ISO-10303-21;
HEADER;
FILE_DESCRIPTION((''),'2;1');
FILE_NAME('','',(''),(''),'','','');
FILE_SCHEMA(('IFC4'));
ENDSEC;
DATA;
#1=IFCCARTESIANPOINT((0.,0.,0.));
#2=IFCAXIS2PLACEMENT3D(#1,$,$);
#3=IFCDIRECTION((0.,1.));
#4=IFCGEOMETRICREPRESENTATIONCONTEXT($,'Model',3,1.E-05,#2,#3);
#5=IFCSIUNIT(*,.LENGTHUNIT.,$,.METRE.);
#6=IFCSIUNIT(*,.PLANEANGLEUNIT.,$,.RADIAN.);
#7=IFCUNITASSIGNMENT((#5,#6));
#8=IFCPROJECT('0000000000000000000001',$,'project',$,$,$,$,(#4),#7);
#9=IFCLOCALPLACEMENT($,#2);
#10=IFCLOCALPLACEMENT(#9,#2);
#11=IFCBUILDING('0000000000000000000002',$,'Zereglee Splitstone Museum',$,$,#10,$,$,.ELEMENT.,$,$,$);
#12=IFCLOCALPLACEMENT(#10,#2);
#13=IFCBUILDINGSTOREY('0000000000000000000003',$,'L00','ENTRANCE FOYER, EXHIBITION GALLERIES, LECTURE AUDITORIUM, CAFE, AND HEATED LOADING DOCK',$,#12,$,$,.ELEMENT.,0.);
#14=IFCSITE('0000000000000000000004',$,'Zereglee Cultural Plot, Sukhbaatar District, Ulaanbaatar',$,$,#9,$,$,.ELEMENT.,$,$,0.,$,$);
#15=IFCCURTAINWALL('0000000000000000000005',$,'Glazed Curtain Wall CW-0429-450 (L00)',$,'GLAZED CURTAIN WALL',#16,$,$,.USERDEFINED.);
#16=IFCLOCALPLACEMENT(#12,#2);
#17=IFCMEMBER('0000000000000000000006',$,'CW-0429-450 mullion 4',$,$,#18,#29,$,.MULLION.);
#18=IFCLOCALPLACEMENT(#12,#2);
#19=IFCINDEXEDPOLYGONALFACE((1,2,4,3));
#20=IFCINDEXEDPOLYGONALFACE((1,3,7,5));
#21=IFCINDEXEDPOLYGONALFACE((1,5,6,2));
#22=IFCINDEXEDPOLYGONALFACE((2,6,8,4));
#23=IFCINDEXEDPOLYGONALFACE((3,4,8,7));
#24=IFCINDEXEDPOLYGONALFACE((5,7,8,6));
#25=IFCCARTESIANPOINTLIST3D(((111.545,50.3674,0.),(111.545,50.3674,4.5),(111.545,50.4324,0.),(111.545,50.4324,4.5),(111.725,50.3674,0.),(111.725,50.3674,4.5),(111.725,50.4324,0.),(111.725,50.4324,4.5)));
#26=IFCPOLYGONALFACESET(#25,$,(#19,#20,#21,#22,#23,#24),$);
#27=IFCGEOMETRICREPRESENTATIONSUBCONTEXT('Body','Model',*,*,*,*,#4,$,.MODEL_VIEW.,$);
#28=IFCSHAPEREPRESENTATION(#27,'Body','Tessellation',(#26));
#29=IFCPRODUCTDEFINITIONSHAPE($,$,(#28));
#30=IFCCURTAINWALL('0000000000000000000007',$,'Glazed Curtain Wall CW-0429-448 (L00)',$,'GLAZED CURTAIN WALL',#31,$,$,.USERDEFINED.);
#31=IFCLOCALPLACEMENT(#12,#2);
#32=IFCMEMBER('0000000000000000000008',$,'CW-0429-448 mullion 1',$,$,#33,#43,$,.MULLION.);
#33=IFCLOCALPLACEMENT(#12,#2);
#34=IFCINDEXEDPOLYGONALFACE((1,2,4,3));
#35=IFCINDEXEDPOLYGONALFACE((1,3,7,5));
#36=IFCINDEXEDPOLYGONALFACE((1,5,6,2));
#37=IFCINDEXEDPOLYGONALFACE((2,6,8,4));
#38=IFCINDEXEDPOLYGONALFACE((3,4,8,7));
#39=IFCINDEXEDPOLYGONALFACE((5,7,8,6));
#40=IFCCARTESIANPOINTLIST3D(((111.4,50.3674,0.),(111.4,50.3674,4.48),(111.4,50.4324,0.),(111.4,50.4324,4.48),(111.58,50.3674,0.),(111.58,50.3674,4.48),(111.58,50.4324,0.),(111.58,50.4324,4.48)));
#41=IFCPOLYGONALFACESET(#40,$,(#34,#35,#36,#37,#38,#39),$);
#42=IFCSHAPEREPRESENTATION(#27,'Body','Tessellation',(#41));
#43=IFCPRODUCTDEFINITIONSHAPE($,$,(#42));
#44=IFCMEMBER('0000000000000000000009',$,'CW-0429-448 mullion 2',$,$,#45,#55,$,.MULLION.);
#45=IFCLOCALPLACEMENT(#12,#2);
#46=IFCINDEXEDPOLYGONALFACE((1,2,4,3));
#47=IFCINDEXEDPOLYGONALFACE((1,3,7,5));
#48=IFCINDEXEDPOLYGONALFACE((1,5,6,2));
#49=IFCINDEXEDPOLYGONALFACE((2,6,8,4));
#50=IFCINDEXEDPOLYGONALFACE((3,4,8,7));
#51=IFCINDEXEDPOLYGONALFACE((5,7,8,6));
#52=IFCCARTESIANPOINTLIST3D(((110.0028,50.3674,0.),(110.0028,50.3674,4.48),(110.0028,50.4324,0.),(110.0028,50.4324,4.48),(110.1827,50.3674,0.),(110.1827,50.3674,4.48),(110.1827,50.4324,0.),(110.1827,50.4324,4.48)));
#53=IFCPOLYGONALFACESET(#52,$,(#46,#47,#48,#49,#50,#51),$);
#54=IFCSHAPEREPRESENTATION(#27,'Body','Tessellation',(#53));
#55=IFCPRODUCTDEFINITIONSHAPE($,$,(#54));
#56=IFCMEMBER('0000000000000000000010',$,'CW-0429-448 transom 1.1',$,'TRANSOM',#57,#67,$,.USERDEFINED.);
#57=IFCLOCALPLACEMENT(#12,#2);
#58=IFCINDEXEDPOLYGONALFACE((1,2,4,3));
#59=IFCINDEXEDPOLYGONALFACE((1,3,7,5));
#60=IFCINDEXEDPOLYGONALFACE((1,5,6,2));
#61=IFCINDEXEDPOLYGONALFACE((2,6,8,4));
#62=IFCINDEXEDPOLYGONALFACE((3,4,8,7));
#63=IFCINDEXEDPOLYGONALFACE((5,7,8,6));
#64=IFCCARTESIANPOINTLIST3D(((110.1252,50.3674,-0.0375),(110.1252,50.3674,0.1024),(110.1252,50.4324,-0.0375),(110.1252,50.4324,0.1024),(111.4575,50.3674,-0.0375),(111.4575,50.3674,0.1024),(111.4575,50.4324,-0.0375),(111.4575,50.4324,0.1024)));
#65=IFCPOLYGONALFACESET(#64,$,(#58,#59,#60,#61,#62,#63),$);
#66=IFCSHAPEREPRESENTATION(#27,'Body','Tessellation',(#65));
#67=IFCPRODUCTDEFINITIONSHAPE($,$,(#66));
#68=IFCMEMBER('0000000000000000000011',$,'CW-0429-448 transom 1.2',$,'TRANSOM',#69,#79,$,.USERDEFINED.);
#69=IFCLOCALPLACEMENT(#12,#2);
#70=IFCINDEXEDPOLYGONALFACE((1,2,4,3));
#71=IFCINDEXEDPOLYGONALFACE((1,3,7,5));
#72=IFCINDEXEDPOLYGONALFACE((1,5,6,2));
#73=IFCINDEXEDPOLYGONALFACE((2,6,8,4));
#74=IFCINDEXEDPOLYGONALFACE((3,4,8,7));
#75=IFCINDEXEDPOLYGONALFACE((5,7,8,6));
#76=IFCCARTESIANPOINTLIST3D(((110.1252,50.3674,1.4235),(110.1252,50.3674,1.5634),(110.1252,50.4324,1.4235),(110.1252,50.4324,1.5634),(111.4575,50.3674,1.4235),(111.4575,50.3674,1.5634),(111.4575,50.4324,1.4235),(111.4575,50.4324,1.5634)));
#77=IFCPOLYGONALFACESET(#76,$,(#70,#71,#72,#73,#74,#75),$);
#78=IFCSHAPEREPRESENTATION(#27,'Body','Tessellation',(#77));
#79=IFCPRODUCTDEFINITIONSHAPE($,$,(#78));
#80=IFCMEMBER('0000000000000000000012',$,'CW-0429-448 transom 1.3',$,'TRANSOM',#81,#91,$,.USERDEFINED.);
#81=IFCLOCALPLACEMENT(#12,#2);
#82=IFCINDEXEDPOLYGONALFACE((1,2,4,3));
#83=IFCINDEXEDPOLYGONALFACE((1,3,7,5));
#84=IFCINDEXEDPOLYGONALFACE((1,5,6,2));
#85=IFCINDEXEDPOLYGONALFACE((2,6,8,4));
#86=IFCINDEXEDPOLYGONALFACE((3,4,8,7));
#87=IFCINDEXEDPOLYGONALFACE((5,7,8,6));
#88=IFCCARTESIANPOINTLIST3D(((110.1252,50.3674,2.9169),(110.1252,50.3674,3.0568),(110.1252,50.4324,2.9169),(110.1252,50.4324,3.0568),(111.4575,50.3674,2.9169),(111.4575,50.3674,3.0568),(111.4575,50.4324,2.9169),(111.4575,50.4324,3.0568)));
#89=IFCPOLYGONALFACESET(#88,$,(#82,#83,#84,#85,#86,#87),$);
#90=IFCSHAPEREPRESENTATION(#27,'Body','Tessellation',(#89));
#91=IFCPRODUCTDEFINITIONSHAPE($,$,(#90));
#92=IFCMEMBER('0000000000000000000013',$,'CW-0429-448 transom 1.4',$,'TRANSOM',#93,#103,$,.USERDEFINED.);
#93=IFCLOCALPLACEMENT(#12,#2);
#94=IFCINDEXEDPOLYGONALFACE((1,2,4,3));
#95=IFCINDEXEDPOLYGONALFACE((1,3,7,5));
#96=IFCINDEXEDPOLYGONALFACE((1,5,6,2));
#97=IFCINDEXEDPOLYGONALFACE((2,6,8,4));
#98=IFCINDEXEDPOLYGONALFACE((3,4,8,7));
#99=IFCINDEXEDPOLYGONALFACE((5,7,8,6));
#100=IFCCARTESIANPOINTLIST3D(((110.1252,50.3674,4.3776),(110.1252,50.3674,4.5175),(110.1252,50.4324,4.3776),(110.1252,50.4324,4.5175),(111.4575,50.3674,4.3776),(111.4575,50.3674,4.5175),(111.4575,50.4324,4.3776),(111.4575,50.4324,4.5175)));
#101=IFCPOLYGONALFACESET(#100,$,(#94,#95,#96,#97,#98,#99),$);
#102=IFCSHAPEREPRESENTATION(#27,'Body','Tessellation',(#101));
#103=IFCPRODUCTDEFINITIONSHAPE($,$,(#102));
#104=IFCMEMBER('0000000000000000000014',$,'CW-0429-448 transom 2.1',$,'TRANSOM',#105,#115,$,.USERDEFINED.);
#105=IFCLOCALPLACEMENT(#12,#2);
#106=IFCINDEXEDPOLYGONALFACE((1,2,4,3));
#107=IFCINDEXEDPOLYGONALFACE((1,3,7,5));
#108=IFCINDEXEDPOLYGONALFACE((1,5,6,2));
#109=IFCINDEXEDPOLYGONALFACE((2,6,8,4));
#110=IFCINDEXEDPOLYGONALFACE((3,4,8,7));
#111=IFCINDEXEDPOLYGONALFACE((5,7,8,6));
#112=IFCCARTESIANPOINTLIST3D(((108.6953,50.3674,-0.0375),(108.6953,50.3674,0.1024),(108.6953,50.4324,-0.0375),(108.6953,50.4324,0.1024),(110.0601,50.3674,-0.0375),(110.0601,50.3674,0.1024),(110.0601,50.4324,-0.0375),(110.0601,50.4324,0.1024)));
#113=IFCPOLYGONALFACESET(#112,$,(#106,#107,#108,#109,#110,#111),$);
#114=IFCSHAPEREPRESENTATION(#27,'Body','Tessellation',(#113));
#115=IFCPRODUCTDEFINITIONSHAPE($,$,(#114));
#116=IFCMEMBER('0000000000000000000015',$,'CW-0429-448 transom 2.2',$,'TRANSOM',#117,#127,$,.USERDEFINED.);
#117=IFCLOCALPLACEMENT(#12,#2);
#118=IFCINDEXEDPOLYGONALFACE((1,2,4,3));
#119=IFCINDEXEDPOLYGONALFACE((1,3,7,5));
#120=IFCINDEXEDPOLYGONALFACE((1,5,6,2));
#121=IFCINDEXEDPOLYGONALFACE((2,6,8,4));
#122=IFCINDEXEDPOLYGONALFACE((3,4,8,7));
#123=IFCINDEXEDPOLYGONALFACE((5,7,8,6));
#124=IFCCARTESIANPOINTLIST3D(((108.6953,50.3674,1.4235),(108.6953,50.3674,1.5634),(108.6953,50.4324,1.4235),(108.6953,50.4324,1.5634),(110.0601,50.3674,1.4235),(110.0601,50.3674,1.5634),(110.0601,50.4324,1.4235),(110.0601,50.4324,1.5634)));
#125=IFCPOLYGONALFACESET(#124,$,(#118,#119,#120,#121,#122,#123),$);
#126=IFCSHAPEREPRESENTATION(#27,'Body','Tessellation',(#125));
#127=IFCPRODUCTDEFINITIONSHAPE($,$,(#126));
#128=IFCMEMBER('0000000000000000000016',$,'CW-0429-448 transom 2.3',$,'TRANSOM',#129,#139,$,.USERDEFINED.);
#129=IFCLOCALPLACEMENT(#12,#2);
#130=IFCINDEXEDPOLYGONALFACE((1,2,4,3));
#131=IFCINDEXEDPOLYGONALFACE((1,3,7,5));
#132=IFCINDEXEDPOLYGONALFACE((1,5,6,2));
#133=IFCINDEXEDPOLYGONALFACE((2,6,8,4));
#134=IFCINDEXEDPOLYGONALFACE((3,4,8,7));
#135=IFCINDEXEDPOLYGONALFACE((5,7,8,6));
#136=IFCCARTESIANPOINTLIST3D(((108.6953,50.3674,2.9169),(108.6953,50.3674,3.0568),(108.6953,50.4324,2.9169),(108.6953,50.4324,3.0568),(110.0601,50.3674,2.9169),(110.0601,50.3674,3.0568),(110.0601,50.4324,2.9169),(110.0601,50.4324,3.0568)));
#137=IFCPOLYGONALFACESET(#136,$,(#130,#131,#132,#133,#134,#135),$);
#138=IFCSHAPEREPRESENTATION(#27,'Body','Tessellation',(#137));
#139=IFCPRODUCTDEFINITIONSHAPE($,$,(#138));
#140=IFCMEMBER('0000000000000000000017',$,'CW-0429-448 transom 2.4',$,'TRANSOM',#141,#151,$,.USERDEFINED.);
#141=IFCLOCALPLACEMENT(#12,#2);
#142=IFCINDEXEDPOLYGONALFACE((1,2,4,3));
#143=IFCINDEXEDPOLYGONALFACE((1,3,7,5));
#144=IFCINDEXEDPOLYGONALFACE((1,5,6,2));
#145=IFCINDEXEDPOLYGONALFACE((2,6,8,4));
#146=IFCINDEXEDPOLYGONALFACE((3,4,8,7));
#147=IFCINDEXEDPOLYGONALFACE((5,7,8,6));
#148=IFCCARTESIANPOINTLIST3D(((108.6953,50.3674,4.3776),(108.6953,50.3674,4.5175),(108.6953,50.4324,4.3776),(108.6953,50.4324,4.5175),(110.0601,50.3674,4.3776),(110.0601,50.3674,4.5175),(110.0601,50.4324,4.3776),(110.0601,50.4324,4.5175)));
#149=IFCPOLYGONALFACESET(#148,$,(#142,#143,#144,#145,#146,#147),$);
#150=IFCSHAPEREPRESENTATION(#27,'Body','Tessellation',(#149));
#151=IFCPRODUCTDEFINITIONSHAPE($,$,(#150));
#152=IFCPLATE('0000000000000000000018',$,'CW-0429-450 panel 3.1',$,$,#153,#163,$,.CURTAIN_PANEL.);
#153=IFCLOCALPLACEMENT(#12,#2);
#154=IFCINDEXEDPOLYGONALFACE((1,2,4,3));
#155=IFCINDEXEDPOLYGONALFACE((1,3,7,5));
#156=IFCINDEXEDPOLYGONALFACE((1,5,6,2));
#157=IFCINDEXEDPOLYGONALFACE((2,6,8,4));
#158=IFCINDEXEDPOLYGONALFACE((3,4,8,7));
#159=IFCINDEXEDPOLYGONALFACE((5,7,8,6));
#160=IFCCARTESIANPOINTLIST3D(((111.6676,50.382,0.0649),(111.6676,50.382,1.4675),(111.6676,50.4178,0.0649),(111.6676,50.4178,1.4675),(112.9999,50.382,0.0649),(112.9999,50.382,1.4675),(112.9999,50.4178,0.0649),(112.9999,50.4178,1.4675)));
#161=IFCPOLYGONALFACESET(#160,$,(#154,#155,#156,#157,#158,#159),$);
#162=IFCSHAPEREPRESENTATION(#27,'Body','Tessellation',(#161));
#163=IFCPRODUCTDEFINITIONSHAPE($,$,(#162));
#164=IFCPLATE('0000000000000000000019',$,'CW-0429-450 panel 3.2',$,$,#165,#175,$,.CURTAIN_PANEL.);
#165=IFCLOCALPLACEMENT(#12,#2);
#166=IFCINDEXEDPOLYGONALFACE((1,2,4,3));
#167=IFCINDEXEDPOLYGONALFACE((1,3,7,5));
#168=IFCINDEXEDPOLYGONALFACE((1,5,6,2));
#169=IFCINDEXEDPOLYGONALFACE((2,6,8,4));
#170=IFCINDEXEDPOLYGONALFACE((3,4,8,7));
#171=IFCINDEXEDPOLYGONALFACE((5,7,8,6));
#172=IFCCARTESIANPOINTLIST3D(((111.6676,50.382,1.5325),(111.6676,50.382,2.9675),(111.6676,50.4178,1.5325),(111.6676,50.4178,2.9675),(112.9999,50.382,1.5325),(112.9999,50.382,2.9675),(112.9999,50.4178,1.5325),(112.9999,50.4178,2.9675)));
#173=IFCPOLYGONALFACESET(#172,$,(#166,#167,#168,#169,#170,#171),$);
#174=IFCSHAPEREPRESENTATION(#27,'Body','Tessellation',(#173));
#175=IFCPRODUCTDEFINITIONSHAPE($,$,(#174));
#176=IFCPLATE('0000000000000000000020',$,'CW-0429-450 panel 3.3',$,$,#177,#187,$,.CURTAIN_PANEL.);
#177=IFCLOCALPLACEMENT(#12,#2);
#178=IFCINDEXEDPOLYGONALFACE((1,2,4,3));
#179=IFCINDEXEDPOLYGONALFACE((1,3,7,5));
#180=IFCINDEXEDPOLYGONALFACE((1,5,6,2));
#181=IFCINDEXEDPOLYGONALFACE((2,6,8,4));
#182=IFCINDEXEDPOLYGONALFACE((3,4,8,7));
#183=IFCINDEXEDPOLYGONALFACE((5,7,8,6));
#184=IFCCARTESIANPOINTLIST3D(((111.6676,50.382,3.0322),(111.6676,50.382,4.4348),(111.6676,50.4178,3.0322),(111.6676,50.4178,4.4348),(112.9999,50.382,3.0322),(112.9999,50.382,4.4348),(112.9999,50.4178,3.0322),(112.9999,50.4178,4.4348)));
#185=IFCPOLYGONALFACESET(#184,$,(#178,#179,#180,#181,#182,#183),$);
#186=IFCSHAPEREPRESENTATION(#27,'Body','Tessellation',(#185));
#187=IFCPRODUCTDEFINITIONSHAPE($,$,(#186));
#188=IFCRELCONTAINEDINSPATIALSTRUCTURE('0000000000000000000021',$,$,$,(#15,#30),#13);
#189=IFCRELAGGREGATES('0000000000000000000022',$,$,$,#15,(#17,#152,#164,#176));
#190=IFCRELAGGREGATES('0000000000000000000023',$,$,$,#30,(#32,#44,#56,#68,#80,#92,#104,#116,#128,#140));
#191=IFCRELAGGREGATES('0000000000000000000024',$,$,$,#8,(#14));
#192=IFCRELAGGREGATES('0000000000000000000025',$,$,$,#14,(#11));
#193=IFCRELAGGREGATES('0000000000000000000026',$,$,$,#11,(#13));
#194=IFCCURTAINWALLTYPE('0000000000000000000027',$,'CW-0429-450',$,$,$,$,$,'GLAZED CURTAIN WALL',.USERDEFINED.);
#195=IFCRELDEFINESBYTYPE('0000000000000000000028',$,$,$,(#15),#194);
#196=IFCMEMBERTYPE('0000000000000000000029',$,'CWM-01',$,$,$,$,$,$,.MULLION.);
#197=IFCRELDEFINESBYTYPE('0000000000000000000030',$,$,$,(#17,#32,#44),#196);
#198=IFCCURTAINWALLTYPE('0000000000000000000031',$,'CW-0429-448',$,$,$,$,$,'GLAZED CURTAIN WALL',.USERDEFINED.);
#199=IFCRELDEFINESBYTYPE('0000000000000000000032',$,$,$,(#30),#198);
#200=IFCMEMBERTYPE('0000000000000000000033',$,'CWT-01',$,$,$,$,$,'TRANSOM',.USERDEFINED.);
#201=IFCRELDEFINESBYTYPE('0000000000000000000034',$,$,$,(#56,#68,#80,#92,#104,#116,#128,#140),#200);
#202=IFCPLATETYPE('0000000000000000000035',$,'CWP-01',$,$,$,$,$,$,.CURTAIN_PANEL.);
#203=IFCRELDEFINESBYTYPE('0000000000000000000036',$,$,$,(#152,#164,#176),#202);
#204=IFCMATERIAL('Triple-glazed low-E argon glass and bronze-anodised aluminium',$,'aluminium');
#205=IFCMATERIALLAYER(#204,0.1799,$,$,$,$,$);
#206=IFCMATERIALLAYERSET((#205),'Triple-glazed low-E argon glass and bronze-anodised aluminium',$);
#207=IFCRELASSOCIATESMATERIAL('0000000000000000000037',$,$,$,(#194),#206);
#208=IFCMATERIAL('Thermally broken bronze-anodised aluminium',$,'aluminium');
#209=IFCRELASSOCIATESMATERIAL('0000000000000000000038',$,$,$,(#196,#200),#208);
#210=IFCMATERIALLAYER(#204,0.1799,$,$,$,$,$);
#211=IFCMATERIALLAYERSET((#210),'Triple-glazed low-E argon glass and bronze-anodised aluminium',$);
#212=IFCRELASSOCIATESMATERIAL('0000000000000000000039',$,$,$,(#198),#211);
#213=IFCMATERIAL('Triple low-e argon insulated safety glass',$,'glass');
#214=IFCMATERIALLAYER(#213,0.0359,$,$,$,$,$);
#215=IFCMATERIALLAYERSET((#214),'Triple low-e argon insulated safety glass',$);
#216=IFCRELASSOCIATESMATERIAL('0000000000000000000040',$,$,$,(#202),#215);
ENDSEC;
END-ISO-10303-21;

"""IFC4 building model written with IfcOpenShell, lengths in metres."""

from ifc_helpers import new_model, si_unit, direction, frame, origin, origin_2d, place, context, subcontext, project, spatial, rectangle, extrude, material, layer, layer_set, material_profile, profile_set, type_object, element, aggregate, save


model = new_model("IFC4")

# Units and contexts
model_context = context("Model", 3, precision=1e-05, world=origin(), true_north=direction((0.0, 1.0)))
body_context = subcontext(model_context, "Body", "Model", "MODEL_VIEW")
ifc_project = project(units=[si_unit("LENGTHUNIT", "METRE"), si_unit("PLANEANGLEUNIT", "RADIAN")], contexts=[model_context])

# Site, building, storey
site_placement = place(None, origin())
site = spatial("IfcSite", under=ifc_project, at=site_placement, Name="Zereglee Cultural Plot, Sukhbaatar District, Ulaanbaatar", CompositionType="ELEMENT", RefElevation=0.0)
building_placement = place(site_placement, origin())
building = spatial("IfcBuilding", under=site, at=building_placement, Name="Zereglee Splitstone Museum", CompositionType="ELEMENT")
storey_placement = place(building_placement, origin())
storey = spatial("IfcBuildingStorey", under=building, at=storey_placement, Name="L00", Description="ENTRANCE FOYER, EXHIBITION GALLERIES, LECTURE AUDITORIUM, CAFE, AND HEATED LOADING DOCK", CompositionType="ELEMENT", Elevation=0.0)

# Curtain wall, member
ifc_material_1 = material(Name="Triple-glazed low-E argon glass and bronze-anodised aluminium", Category="aluminium")
ifc_layer_1 = layer(ifc_material_1, 0.1799)
ifc_layer_set_1 = layer_set([ifc_layer_1], Name="Triple-glazed low-E argon glass and bronze-anodised aluminium")
curtain_wall_type_1 = type_object("IfcCurtainWallType", Name="CW-0429-450", ElementType="GLAZED CURTAIN WALL", PredefinedType="USERDEFINED", material=ifc_layer_set_1)
curtain_wall_1_placement = place(storey_placement, origin())
curtain_wall_1 = element("IfcCurtainWall", 1, at=curtain_wall_1_placement, inside=storey, type_object=curtain_wall_type_1, Name="Glazed Curtain Wall CW-0429-450 (L00)", ObjectType="GLAZED CURTAIN WALL", PredefinedType="USERDEFINED")
ifc_material_2 = material(Name="Thermally broken bronze-anodised aluminium", Category="aluminium")
ifc_material_profile_1 = material_profile(ifc_material_2, rectangle(XDim=0.0649, YDim=0.1799, at=origin_2d()), Name="CW MULL 65x180")
ifc_profile_set_1 = profile_set([ifc_material_profile_1], Name="Thermally broken bronze-anodised aluminium")
member_type_1 = type_object("IfcMemberType", Name="CWM-01", PredefinedType="MULLION", material=ifc_profile_set_1)
member_1_placement = place(storey_placement, frame((111.635, 50.3999, 0.0), z_axis=(0.0, 0.0, 1.0), x_axis=(0.0, -1.0, 0.0)))
member_1 = element("IfcMember", 2, at=member_1_placement, type_object=member_type_1, Name="CW-0429-450 mullion 4", PredefinedType="MULLION", context=body_context, shape_type="SweptSolid", body=[
    extrude(rectangle(XDim=0.0649, YDim=0.1799, at=origin_2d()), origin(), (0.0, 0.0, 1.0), 4.5),
])

# Curtain wall, members
ifc_layer_2 = layer(ifc_material_1, 0.1799)
ifc_layer_set_2 = layer_set([ifc_layer_2], Name="Triple-glazed low-E argon glass and bronze-anodised aluminium")
curtain_wall_type_2 = type_object("IfcCurtainWallType", Name="CW-0429-448", ElementType="GLAZED CURTAIN WALL", PredefinedType="USERDEFINED", material=ifc_layer_set_2)
curtain_wall_2_placement = place(storey_placement, origin())
curtain_wall_2 = element("IfcCurtainWall", 3, at=curtain_wall_2_placement, inside=storey, type_object=curtain_wall_type_2, Name="Glazed Curtain Wall CW-0429-448 (L00)", ObjectType="GLAZED CURTAIN WALL", PredefinedType="USERDEFINED")
member_2_placement = place(storey_placement, frame((111.49, 50.3999, 0.0), z_axis=(0.0, 0.0, 1.0), x_axis=(0.0, -1.0, 0.0)))
member_2 = element("IfcMember", 4, at=member_2_placement, type_object=member_type_1, Name="CW-0429-448 mullion 1", PredefinedType="MULLION", context=body_context, shape_type="SweptSolid", body=[
    extrude(rectangle(XDim=0.0649, YDim=0.1799, at=origin_2d()), origin(), (0.0, 0.0, 1.0), 4.48),
])
member_3_placement = place(storey_placement, frame((110.0928, 50.3999, 0.0), z_axis=(0.0, 0.0, 1.0), x_axis=(0.0, -1.0, 0.0)))
member_3 = element("IfcMember", 5, at=member_3_placement, type_object=member_type_1, Name="CW-0429-448 mullion 2", PredefinedType="MULLION", context=body_context, shape_type="SweptSolid", body=[
    extrude(rectangle(XDim=0.0649, YDim=0.1799, at=origin_2d()), origin(), (0.0, 0.0, 1.0), 4.48),
])
ifc_material_profile_2 = material_profile(ifc_material_2, rectangle(XDim=0.0649, YDim=0.1399, at=origin_2d()), Name="CW TRAN 65x140")
ifc_profile_set_2 = profile_set([ifc_material_profile_2], Name="Thermally broken bronze-anodised aluminium")
member_type_2 = type_object("IfcMemberType", Name="CWT-01", ElementType="TRANSOM", PredefinedType="USERDEFINED", material=ifc_profile_set_2)
member_4_placement = place(storey_placement, frame((111.4575, 50.3999, 0.0325), z_axis=(-1.0, 0.0, 0.0), x_axis=(0.0, -1.0, 0.0)))
member_4 = element("IfcMember", 6, at=member_4_placement, type_object=member_type_2, Name="CW-0429-448 transom 1.1", ObjectType="TRANSOM", PredefinedType="USERDEFINED", context=body_context, shape_type="SweptSolid", body=[
    extrude(rectangle(XDim=0.0649, YDim=0.1399, at=origin_2d()), origin(), (0.0, 0.0, 1.0), 1.3323),
])
member_5_placement = place(storey_placement, frame((111.4575, 50.3999, 1.4934), z_axis=(-1.0, 0.0, 0.0), x_axis=(0.0, -1.0, 0.0)))
member_5 = element("IfcMember", 7, at=member_5_placement, type_object=member_type_2, Name="CW-0429-448 transom 1.2", ObjectType="TRANSOM", PredefinedType="USERDEFINED", context=body_context, shape_type="SweptSolid", body=[
    extrude(rectangle(XDim=0.0649, YDim=0.1399, at=origin_2d()), origin(), (0.0, 0.0, 1.0), 1.3323),
])
member_6_placement = place(storey_placement, frame((111.4575, 50.3999, 2.9868), z_axis=(-1.0, 0.0, 0.0), x_axis=(0.0, -1.0, 0.0)))
member_6 = element("IfcMember", 8, at=member_6_placement, type_object=member_type_2, Name="CW-0429-448 transom 1.3", ObjectType="TRANSOM", PredefinedType="USERDEFINED", context=body_context, shape_type="SweptSolid", body=[
    extrude(rectangle(XDim=0.0649, YDim=0.1399, at=origin_2d()), origin(), (0.0, 0.0, 1.0), 1.3323),
])
member_7_placement = place(storey_placement, frame((111.4575, 50.3999, 4.4475), z_axis=(-1.0, 0.0, 0.0), x_axis=(0.0, -1.0, 0.0)))
member_7 = element("IfcMember", 9, at=member_7_placement, type_object=member_type_2, Name="CW-0429-448 transom 1.4", ObjectType="TRANSOM", PredefinedType="USERDEFINED", context=body_context, shape_type="SweptSolid", body=[
    extrude(rectangle(XDim=0.0649, YDim=0.1399, at=origin_2d()), origin(), (0.0, 0.0, 1.0), 1.3323),
])
member_8_placement = place(storey_placement, frame((110.0601, 50.3999, 0.0325), z_axis=(-1.0, 0.0, 0.0), x_axis=(0.0, -1.0, 0.0)))
member_8 = element("IfcMember", 10, at=member_8_placement, type_object=member_type_2, Name="CW-0429-448 transom 2.1", ObjectType="TRANSOM", PredefinedType="USERDEFINED", context=body_context, shape_type="SweptSolid", body=[
    extrude(rectangle(XDim=0.0649, YDim=0.1399, at=origin_2d()), origin(), (0.0, 0.0, 1.0), 1.3647),
])
member_9_placement = place(storey_placement, frame((110.0601, 50.3999, 1.4934), z_axis=(-1.0, 0.0, 0.0), x_axis=(0.0, -1.0, 0.0)))
member_9 = element("IfcMember", 11, at=member_9_placement, type_object=member_type_2, Name="CW-0429-448 transom 2.2", ObjectType="TRANSOM", PredefinedType="USERDEFINED", context=body_context, shape_type="SweptSolid", body=[
    extrude(rectangle(XDim=0.0649, YDim=0.1399, at=origin_2d()), origin(), (0.0, 0.0, 1.0), 1.3647),
])
member_10_placement = place(storey_placement, frame((110.0601, 50.3999, 2.9868), z_axis=(-1.0, 0.0, 0.0), x_axis=(0.0, -1.0, 0.0)))
member_10 = element("IfcMember", 12, at=member_10_placement, type_object=member_type_2, Name="CW-0429-448 transom 2.3", ObjectType="TRANSOM", PredefinedType="USERDEFINED", context=body_context, shape_type="SweptSolid", body=[
    extrude(rectangle(XDim=0.0649, YDim=0.1399, at=origin_2d()), origin(), (0.0, 0.0, 1.0), 1.3647),
])
member_11_placement = place(storey_placement, frame((110.0601, 50.3999, 4.4475), z_axis=(-1.0, 0.0, 0.0), x_axis=(0.0, -1.0, 0.0)))
member_11 = element("IfcMember", 13, at=member_11_placement, type_object=member_type_2, Name="CW-0429-448 transom 2.4", ObjectType="TRANSOM", PredefinedType="USERDEFINED", context=body_context, shape_type="SweptSolid", body=[
    extrude(rectangle(XDim=0.0649, YDim=0.1399, at=origin_2d()), origin(), (0.0, 0.0, 1.0), 1.3647),
])

# Plates
ifc_material_3 = material(Name="Triple low-e argon insulated safety glass", Category="glass")
ifc_layer_3 = layer(ifc_material_3, 0.0359)
ifc_layer_set_3 = layer_set([ifc_layer_3], Name="Triple low-e argon insulated safety glass")
plate_type = type_object("IfcPlateType", Name="CWP-01", PredefinedType="CURTAIN_PANEL", material=ifc_layer_set_3)
plate_1_placement = place(storey_placement, frame((112.3337, 50.3999, 0.0649), z_axis=(0.0, 0.0, 1.0), x_axis=(-1.0, 0.0, 0.0)))
plate_1 = element("IfcPlate", 14, at=plate_1_placement, type_object=plate_type, Name="CW-0429-450 panel 3.1", PredefinedType="CURTAIN_PANEL", context=body_context, shape_type="SweptSolid", body=[
    extrude(rectangle(XDim=1.3323, YDim=0.0359, at=origin_2d()), origin(), (0.0, 0.0, 1.0), 1.4026),
])
plate_2_placement = place(storey_placement, frame((112.3337, 50.3999, 1.5325), z_axis=(0.0, 0.0, 1.0), x_axis=(-1.0, 0.0, 0.0)))
plate_2 = element("IfcPlate", 15, at=plate_2_placement, type_object=plate_type, Name="CW-0429-450 panel 3.2", PredefinedType="CURTAIN_PANEL", context=body_context, shape_type="SweptSolid", body=[
    extrude(rectangle(XDim=1.3323, YDim=0.0359, at=origin_2d()), origin(), (0.0, 0.0, 1.0), 1.4351),
])
plate_3_placement = place(storey_placement, frame((112.3337, 50.3999, 3.0322), z_axis=(0.0, 0.0, 1.0), x_axis=(-1.0, 0.0, 0.0)))
plate_3 = element("IfcPlate", 16, at=plate_3_placement, type_object=plate_type, Name="CW-0429-450 panel 3.3", PredefinedType="CURTAIN_PANEL", context=body_context, shape_type="SweptSolid", body=[
    extrude(rectangle(XDim=1.3323, YDim=0.0359, at=origin_2d()), origin(), (0.0, 0.0, 1.0), 1.4026),
])
aggregate(curtain_wall_1, [member_1, plate_1, plate_2, plate_3])
aggregate(curtain_wall_2, [member_2, member_3, member_4, member_5, member_6, member_7, member_8, member_9, member_10, member_11])

save(model, "model.ifc")
